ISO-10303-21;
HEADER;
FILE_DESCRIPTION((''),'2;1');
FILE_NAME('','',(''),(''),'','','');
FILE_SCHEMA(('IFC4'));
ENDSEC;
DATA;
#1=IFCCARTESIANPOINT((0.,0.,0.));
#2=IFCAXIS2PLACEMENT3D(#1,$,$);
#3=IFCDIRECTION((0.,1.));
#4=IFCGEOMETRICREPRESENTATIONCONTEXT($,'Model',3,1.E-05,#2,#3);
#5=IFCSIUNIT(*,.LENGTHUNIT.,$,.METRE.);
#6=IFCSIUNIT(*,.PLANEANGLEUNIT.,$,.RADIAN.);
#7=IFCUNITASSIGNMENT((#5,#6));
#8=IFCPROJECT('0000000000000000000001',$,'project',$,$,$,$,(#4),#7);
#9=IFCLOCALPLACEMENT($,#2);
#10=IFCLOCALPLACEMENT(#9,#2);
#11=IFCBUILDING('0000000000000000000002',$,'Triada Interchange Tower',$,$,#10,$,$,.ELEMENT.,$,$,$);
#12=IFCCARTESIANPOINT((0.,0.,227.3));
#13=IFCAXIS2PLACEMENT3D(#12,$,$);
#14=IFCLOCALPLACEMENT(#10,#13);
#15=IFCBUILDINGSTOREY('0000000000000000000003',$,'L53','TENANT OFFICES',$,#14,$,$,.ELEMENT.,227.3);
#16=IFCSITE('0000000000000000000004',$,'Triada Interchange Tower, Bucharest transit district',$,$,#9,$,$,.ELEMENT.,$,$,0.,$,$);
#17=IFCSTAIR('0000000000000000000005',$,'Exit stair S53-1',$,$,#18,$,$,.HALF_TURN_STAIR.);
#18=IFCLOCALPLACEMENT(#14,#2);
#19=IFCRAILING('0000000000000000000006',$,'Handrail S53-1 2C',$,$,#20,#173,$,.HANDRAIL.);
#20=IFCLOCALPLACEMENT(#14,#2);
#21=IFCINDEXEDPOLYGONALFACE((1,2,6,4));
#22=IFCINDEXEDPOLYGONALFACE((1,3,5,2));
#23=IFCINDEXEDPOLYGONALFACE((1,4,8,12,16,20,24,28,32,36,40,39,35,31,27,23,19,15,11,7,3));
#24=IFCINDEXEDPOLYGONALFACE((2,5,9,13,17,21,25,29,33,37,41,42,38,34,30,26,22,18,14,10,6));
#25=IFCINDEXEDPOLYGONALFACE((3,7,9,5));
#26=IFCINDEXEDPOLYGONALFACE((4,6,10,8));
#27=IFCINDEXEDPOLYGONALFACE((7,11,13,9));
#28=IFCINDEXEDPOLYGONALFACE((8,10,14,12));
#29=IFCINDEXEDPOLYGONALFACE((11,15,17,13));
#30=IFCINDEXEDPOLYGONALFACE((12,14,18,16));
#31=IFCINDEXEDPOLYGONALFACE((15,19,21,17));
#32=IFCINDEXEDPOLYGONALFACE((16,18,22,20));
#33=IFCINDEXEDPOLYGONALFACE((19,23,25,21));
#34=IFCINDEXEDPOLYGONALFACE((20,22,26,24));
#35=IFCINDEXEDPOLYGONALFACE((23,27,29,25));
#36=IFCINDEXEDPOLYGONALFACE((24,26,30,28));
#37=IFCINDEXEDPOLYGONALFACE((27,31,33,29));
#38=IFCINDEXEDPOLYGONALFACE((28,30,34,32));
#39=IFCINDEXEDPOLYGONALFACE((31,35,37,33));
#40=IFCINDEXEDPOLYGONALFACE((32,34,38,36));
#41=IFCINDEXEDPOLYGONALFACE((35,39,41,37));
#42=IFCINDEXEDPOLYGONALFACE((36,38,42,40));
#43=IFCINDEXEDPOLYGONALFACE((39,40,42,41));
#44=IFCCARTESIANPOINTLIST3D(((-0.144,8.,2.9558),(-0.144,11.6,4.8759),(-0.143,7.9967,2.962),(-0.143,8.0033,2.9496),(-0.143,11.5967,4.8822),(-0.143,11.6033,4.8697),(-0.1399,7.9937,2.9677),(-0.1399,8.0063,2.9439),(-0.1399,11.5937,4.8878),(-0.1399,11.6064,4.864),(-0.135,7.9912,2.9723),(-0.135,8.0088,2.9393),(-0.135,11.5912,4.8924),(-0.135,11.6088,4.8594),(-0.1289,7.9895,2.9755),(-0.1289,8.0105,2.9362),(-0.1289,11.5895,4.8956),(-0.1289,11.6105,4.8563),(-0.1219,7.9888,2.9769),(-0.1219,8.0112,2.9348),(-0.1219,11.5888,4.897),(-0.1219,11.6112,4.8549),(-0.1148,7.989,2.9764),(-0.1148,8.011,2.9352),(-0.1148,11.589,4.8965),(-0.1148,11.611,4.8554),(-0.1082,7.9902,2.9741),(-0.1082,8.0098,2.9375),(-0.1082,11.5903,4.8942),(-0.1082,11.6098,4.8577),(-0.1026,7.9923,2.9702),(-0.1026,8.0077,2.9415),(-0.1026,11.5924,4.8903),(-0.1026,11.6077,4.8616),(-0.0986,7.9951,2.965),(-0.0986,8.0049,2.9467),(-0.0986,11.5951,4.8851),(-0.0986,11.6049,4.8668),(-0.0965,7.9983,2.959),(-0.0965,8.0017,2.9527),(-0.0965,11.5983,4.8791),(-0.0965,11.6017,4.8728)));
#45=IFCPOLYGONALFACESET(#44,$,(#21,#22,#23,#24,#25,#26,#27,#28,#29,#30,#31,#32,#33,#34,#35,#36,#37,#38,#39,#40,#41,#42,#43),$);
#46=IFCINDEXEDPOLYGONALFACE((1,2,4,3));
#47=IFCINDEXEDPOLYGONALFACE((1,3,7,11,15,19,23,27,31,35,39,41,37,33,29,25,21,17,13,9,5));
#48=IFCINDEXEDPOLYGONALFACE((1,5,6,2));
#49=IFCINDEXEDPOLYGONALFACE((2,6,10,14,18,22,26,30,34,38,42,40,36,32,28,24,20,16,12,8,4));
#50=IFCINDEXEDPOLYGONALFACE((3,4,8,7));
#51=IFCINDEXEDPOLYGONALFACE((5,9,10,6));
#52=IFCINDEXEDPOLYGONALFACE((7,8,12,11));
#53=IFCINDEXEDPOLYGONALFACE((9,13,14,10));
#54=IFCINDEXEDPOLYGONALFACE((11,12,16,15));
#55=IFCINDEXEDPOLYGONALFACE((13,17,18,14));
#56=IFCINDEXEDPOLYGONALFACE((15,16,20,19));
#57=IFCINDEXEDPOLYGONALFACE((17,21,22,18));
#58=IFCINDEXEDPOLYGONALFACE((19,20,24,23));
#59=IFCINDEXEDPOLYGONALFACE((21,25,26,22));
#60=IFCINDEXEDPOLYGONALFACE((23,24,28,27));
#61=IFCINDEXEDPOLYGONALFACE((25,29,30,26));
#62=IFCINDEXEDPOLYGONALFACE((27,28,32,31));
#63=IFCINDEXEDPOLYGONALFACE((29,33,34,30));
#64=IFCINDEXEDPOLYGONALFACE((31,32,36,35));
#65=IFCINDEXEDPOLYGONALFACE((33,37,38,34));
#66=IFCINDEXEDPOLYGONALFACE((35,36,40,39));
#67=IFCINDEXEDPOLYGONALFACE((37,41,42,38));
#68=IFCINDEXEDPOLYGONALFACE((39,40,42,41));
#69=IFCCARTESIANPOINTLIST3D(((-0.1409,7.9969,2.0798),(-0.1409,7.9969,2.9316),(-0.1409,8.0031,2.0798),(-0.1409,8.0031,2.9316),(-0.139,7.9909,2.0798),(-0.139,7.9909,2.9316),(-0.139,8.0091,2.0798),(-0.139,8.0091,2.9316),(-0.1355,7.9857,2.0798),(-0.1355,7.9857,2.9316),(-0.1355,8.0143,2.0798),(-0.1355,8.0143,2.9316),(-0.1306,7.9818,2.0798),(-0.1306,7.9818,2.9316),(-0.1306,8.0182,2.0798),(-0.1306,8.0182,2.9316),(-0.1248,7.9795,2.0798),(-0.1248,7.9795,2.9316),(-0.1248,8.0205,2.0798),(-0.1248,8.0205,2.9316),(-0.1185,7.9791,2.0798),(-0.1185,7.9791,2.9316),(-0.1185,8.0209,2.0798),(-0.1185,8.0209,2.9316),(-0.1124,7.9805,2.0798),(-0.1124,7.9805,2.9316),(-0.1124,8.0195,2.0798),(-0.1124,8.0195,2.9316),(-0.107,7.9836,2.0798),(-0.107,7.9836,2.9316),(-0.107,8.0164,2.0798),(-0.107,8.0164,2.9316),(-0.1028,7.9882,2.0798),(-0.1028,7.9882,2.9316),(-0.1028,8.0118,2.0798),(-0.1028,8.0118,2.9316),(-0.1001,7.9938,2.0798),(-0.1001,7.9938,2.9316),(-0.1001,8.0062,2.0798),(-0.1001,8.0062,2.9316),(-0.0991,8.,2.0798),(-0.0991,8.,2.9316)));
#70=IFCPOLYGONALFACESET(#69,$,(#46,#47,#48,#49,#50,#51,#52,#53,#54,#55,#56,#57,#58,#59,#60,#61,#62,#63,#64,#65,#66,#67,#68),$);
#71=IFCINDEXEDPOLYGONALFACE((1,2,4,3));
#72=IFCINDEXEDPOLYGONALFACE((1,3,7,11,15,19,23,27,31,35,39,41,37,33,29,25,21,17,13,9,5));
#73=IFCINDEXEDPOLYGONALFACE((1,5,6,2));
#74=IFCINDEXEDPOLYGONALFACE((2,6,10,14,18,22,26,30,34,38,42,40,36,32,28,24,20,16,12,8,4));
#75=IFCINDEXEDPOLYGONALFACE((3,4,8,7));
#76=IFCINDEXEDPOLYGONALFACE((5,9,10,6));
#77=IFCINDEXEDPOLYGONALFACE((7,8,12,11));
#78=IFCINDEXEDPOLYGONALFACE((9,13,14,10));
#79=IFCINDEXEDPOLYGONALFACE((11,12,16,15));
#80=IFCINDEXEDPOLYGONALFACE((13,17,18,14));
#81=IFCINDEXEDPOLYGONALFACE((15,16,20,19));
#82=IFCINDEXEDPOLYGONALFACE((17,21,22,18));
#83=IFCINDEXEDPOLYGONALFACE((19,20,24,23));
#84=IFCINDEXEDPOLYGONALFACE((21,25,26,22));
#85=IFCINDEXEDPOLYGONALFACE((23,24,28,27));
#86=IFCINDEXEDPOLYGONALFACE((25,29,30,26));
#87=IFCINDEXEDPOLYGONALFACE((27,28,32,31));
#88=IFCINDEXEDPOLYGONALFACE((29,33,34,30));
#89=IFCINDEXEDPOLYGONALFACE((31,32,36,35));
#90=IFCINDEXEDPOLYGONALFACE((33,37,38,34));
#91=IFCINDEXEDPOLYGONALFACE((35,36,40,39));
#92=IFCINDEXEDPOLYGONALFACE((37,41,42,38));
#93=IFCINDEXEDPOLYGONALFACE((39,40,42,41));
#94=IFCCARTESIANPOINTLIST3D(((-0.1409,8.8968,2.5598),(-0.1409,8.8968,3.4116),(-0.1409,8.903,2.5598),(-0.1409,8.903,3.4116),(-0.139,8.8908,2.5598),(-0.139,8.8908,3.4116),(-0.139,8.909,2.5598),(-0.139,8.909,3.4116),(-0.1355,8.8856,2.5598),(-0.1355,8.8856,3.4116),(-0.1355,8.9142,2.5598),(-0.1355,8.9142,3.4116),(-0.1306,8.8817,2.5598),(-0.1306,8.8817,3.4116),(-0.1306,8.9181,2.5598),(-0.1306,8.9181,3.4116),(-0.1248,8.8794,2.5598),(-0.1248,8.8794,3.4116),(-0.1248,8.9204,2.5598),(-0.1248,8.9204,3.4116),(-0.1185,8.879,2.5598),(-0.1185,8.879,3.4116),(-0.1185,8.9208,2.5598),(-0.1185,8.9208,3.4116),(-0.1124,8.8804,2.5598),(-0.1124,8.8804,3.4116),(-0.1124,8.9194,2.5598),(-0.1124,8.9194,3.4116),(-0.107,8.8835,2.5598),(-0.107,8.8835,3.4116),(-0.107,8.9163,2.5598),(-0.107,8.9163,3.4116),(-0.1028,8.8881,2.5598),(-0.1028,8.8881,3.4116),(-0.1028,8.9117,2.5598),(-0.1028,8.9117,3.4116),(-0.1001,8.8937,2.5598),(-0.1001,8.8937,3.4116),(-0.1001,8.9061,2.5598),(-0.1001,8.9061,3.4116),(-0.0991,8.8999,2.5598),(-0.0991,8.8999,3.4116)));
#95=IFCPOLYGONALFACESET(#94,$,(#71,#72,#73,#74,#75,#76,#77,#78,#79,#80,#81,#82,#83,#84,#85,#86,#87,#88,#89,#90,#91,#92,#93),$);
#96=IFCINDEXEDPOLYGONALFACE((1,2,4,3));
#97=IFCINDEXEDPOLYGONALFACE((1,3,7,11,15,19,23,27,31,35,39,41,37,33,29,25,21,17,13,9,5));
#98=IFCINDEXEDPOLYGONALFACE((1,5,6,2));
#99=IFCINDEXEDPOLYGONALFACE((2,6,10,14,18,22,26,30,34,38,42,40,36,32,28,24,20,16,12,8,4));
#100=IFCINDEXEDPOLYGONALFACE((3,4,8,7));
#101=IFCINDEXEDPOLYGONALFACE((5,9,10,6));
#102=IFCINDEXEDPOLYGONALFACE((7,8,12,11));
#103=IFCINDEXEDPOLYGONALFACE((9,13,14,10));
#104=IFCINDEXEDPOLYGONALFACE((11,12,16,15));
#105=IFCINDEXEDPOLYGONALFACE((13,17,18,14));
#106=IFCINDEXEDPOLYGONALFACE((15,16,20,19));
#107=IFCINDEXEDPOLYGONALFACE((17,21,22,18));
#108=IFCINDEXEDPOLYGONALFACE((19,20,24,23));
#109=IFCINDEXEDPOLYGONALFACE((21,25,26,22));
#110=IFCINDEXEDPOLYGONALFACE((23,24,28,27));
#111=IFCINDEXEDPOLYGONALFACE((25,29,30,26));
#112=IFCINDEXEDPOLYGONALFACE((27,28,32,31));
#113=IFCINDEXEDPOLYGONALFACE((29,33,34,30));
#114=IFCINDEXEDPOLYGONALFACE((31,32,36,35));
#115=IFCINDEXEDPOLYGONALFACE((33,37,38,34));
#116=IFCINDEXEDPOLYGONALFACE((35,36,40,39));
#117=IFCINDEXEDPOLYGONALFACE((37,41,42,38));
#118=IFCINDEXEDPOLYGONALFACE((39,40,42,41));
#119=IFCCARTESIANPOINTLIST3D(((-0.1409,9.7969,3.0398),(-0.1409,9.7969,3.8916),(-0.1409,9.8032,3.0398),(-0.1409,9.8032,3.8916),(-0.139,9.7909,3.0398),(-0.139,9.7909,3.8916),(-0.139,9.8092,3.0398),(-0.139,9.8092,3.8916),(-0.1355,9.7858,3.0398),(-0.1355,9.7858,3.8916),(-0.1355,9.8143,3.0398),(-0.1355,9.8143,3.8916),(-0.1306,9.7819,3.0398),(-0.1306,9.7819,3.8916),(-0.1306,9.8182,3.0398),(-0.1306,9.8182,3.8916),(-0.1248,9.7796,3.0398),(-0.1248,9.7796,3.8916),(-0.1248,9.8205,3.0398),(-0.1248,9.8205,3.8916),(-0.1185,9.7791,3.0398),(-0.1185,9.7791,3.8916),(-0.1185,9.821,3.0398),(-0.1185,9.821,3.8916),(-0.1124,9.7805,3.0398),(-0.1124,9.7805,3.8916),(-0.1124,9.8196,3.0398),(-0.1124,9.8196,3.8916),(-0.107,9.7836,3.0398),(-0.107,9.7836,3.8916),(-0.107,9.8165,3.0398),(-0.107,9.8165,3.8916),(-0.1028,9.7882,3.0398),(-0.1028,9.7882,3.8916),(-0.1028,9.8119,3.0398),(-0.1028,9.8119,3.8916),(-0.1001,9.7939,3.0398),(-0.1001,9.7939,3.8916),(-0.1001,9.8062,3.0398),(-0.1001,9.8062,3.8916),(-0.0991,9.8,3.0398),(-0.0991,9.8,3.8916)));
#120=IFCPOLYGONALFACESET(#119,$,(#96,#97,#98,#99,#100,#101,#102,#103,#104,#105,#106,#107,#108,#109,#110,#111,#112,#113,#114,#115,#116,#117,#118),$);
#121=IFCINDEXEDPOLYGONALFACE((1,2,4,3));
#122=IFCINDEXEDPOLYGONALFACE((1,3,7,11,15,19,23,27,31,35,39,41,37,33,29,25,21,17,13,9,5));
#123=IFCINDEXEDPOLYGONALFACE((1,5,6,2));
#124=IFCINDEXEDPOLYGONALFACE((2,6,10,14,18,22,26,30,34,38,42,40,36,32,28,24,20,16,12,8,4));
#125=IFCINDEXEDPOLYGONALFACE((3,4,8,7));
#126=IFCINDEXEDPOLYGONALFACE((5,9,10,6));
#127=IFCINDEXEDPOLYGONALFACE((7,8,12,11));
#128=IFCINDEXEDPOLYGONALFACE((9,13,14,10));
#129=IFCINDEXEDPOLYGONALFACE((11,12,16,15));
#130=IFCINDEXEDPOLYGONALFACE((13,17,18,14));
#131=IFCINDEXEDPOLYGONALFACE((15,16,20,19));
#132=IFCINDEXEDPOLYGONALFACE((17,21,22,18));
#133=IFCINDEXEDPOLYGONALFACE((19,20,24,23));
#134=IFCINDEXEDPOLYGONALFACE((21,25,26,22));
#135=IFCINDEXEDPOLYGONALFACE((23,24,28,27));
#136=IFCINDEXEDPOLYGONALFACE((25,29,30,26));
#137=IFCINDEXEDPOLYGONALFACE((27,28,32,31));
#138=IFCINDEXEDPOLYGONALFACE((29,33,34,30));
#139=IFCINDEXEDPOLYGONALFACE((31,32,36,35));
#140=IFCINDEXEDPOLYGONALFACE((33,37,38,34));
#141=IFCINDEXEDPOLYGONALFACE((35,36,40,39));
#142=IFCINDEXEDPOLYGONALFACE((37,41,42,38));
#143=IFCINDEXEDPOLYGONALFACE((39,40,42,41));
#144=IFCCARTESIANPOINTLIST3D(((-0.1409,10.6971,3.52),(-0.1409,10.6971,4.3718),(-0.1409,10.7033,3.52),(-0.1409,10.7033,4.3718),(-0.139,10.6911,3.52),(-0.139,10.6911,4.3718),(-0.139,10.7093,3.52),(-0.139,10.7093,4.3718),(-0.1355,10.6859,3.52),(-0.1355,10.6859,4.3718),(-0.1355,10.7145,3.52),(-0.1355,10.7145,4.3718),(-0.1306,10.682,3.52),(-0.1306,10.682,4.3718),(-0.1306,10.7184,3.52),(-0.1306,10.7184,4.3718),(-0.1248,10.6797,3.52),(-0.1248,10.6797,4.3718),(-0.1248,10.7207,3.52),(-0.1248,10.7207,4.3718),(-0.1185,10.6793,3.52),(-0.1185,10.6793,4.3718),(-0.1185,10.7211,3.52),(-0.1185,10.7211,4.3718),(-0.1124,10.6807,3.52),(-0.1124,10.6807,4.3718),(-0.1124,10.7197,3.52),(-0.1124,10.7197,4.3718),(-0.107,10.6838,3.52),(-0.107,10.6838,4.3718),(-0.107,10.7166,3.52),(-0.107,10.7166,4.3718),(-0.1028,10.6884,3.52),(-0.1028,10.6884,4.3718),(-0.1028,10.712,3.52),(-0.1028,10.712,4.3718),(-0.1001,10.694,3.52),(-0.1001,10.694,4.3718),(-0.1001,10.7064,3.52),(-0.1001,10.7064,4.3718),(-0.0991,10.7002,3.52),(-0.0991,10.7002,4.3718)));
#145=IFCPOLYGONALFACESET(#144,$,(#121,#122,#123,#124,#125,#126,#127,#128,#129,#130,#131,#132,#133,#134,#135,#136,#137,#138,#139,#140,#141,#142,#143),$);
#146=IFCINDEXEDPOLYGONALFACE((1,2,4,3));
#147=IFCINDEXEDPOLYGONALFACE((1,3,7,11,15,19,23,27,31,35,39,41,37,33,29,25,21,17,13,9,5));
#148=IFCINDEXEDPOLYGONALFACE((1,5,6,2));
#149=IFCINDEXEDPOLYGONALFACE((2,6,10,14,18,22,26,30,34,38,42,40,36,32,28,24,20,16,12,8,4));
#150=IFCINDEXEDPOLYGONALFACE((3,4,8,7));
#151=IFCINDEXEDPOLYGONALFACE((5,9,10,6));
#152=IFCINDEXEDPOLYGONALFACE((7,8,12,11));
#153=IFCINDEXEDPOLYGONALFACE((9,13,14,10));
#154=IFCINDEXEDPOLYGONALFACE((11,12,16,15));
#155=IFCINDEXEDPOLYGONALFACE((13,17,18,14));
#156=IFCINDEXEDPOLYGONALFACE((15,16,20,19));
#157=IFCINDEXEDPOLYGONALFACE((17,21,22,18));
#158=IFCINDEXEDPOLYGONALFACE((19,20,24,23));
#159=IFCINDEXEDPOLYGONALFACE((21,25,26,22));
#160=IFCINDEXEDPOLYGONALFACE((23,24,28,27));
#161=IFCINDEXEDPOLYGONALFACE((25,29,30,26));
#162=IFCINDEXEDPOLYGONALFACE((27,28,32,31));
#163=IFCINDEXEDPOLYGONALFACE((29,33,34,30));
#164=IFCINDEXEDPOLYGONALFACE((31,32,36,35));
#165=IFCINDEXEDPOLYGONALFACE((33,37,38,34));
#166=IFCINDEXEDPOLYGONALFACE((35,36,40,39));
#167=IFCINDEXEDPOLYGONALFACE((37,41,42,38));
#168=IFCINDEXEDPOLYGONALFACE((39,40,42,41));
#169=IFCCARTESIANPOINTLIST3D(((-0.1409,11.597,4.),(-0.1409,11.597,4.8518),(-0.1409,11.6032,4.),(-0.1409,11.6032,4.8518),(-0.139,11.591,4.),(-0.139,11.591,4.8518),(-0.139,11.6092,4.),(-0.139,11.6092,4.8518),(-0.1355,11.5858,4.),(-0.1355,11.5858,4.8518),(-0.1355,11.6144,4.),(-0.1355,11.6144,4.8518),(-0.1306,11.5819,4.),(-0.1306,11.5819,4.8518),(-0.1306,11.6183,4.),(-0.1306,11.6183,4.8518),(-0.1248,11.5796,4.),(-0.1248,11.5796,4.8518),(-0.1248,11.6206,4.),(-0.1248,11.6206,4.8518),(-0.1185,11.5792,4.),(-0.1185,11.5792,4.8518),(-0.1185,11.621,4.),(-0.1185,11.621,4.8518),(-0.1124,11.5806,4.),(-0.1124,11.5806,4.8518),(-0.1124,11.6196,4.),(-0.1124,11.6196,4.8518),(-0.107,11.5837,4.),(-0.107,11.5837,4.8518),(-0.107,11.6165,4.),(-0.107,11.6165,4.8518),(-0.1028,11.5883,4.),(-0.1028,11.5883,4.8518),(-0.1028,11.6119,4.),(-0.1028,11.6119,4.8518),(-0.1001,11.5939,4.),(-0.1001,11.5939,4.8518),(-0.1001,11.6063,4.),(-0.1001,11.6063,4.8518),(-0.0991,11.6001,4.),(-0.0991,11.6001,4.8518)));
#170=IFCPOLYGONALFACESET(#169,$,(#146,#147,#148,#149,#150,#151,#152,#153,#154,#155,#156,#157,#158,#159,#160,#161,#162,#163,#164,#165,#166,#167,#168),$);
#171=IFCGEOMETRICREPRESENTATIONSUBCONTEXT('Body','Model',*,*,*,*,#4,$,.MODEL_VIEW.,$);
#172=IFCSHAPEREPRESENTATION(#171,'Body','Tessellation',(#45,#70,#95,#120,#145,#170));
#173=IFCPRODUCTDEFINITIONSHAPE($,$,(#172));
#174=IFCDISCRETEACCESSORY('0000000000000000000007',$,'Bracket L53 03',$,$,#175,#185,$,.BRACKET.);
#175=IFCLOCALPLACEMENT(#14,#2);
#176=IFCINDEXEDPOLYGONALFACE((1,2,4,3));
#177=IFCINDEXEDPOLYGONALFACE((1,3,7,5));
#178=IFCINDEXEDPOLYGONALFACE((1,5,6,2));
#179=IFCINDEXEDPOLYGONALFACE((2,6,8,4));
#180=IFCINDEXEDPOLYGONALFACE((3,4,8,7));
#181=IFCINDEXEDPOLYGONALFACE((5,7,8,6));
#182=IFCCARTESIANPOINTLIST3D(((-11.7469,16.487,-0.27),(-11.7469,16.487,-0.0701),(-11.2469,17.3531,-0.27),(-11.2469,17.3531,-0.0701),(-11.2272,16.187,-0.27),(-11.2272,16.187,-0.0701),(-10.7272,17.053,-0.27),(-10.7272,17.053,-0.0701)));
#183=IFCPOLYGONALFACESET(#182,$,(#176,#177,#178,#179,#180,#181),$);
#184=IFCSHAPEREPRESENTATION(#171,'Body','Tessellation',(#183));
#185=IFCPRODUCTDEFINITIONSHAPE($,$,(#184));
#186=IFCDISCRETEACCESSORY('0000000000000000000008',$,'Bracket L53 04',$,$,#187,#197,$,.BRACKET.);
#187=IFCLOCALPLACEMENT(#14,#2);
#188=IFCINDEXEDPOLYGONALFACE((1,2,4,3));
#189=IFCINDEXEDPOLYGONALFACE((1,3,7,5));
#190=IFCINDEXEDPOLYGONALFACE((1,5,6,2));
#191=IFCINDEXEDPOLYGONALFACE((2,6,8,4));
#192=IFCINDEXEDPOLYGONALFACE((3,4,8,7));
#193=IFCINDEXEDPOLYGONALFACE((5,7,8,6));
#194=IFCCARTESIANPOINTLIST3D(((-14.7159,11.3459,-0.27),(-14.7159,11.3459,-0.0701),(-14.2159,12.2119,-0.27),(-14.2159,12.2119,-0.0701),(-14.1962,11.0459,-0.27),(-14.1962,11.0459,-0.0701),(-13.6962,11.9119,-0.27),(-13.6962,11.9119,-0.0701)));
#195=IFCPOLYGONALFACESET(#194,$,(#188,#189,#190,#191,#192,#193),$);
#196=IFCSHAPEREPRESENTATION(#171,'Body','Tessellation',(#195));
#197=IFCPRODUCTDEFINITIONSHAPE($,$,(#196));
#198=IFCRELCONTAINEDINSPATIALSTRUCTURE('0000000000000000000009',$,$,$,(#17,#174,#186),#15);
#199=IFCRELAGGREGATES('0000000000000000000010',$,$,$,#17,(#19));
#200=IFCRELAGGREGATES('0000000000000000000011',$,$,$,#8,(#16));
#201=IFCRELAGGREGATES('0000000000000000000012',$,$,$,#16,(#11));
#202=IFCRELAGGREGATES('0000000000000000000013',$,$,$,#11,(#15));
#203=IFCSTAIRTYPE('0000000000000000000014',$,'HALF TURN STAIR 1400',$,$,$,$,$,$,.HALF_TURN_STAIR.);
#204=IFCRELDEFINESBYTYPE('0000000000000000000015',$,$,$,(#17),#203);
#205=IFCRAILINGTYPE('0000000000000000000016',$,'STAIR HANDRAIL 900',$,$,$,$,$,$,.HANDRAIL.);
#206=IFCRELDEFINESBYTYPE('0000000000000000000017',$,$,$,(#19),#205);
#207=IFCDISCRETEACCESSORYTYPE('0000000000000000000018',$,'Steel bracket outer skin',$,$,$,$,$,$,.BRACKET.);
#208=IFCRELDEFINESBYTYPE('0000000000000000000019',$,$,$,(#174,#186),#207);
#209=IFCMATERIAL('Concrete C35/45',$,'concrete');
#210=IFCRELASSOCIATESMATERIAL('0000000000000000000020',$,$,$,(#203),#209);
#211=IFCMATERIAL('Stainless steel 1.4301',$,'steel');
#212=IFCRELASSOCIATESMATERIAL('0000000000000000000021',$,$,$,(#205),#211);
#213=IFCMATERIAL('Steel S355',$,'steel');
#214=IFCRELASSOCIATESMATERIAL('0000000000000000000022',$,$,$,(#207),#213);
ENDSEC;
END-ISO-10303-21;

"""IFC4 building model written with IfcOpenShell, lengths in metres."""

from ifc_helpers import new_model, si_unit, direction, frame, origin, origin_2d, place, context, subcontext, project, spatial, rectangle, circle, extrude, material, type_object, element, aggregate, save


model = new_model("IFC4")

# Units and contexts
model_context = context("Model", 3, precision=1e-05, world=origin(), true_north=direction((0.0, 1.0)))
body_context = subcontext(model_context, "Body", "Model", "MODEL_VIEW")
ifc_project = project(units=[si_unit("LENGTHUNIT", "METRE"), si_unit("PLANEANGLEUNIT", "RADIAN")], contexts=[model_context])

# Site, building, storey
site_placement = place(None, origin())
site = spatial("IfcSite", under=ifc_project, at=site_placement, Name="Triada Interchange Tower, Bucharest transit district", CompositionType="ELEMENT", RefElevation=0.0)
building_placement = place(site_placement, origin())
building = spatial("IfcBuilding", under=site, at=building_placement, Name="Triada Interchange Tower", CompositionType="ELEMENT")
storey_placement = place(building_placement, frame((0.0, 0.0, 227.3)))
storey = spatial("IfcBuildingStorey", under=building, at=storey_placement, Name="L53", Description="TENANT OFFICES", CompositionType="ELEMENT", Elevation=227.3)

# Stair
ifc_material_1 = material(Name="Concrete C35/45", Category="concrete")
stair_type = type_object("IfcStairType", Name="HALF TURN STAIR 1400", PredefinedType="HALF_TURN_STAIR", material=ifc_material_1)
stair_placement = place(storey_placement, origin())
stair = element("IfcStair", 1, at=stair_placement, inside=storey, type_object=stair_type, Name="Exit stair S53-1", PredefinedType="HALF_TURN_STAIR")

# Railing
ifc_material_2 = material(Name="Stainless steel 1.4301", Category="steel")
railing_type = type_object("IfcRailingType", Name="STAIR HANDRAIL 900", PredefinedType="HANDRAIL", material=ifc_material_2)
railing_1_placement = place(storey_placement, frame((-0.1201, 8.0, 2.0798)))
railing_1 = element("IfcRailing", 2, at=railing_1_placement, type_object=railing_type, Name="Handrail S53-1 2C", PredefinedType="HANDRAIL", context=body_context, shape_type="SweptSolid", body=[
    extrude(circle(Radius=0.0239, at=origin_2d()), frame((0.0, 0.0, 0.876), z_axis=(0.0, 0.882341, 0.47061), x_axis=(-1.0, 0.0, 0.0)), (0.0, 0.0, 1.0), 4.0801),
    extrude(circle(Radius=0.021, at=origin_2d()), origin(), (0.0, 0.0, 1.0), 0.8518),
    extrude(circle(Radius=0.021, at=origin_2d()), frame((0.0, 0.8999, 0.48)), (0.0, 0.0, 1.0), 0.8518),
    extrude(circle(Radius=0.021, at=origin_2d()), frame((0.0, 1.8, 0.96)), (0.0, 0.0, 1.0), 0.8518),
    extrude(circle(Radius=0.021, at=origin_2d()), frame((0.0, 2.7002, 1.4402)), (0.0, 0.0, 1.0), 0.8518),
    extrude(circle(Radius=0.021, at=origin_2d()), frame((0.0, 3.6001, 1.9202)), (0.0, 0.0, 1.0), 0.8518),
])
aggregate(stair, [railing_1])

# Discrete accessories
ifc_material_3 = material(Name="Steel S355", Category="steel")
discrete_accessory_type = type_object("IfcDiscreteAccessoryType", Name="Steel bracket outer skin", PredefinedType="BRACKET", material=ifc_material_3)
for number, where, z_axis, x_axis, name in (
    (3, (-11.2371, 16.77, -0.27), (0.0, 0.0, 1.0), (-0.866014, 0.500019, 0.0), "Bracket L53 03"),
    (4, (-14.2061, 11.6289, -0.27), (0.0, 0.0, 1.0), (-0.866014, 0.500019, 0.0), "Bracket L53 04"),
):
    element("IfcDiscreteAccessory", number, at=place(storey_placement, frame(where, z_axis=z_axis, x_axis=x_axis)), inside=storey, type_object=discrete_accessory_type, Name=name, PredefinedType="BRACKET", context=body_context, shape_type="SweptSolid", body=[
        extrude(rectangle(XDim=0.6001, YDim=1.0, at=origin_2d()), origin(), (0.0, 0.0, 1.0), 0.2),
    ])

save(model, "model.ifc")
